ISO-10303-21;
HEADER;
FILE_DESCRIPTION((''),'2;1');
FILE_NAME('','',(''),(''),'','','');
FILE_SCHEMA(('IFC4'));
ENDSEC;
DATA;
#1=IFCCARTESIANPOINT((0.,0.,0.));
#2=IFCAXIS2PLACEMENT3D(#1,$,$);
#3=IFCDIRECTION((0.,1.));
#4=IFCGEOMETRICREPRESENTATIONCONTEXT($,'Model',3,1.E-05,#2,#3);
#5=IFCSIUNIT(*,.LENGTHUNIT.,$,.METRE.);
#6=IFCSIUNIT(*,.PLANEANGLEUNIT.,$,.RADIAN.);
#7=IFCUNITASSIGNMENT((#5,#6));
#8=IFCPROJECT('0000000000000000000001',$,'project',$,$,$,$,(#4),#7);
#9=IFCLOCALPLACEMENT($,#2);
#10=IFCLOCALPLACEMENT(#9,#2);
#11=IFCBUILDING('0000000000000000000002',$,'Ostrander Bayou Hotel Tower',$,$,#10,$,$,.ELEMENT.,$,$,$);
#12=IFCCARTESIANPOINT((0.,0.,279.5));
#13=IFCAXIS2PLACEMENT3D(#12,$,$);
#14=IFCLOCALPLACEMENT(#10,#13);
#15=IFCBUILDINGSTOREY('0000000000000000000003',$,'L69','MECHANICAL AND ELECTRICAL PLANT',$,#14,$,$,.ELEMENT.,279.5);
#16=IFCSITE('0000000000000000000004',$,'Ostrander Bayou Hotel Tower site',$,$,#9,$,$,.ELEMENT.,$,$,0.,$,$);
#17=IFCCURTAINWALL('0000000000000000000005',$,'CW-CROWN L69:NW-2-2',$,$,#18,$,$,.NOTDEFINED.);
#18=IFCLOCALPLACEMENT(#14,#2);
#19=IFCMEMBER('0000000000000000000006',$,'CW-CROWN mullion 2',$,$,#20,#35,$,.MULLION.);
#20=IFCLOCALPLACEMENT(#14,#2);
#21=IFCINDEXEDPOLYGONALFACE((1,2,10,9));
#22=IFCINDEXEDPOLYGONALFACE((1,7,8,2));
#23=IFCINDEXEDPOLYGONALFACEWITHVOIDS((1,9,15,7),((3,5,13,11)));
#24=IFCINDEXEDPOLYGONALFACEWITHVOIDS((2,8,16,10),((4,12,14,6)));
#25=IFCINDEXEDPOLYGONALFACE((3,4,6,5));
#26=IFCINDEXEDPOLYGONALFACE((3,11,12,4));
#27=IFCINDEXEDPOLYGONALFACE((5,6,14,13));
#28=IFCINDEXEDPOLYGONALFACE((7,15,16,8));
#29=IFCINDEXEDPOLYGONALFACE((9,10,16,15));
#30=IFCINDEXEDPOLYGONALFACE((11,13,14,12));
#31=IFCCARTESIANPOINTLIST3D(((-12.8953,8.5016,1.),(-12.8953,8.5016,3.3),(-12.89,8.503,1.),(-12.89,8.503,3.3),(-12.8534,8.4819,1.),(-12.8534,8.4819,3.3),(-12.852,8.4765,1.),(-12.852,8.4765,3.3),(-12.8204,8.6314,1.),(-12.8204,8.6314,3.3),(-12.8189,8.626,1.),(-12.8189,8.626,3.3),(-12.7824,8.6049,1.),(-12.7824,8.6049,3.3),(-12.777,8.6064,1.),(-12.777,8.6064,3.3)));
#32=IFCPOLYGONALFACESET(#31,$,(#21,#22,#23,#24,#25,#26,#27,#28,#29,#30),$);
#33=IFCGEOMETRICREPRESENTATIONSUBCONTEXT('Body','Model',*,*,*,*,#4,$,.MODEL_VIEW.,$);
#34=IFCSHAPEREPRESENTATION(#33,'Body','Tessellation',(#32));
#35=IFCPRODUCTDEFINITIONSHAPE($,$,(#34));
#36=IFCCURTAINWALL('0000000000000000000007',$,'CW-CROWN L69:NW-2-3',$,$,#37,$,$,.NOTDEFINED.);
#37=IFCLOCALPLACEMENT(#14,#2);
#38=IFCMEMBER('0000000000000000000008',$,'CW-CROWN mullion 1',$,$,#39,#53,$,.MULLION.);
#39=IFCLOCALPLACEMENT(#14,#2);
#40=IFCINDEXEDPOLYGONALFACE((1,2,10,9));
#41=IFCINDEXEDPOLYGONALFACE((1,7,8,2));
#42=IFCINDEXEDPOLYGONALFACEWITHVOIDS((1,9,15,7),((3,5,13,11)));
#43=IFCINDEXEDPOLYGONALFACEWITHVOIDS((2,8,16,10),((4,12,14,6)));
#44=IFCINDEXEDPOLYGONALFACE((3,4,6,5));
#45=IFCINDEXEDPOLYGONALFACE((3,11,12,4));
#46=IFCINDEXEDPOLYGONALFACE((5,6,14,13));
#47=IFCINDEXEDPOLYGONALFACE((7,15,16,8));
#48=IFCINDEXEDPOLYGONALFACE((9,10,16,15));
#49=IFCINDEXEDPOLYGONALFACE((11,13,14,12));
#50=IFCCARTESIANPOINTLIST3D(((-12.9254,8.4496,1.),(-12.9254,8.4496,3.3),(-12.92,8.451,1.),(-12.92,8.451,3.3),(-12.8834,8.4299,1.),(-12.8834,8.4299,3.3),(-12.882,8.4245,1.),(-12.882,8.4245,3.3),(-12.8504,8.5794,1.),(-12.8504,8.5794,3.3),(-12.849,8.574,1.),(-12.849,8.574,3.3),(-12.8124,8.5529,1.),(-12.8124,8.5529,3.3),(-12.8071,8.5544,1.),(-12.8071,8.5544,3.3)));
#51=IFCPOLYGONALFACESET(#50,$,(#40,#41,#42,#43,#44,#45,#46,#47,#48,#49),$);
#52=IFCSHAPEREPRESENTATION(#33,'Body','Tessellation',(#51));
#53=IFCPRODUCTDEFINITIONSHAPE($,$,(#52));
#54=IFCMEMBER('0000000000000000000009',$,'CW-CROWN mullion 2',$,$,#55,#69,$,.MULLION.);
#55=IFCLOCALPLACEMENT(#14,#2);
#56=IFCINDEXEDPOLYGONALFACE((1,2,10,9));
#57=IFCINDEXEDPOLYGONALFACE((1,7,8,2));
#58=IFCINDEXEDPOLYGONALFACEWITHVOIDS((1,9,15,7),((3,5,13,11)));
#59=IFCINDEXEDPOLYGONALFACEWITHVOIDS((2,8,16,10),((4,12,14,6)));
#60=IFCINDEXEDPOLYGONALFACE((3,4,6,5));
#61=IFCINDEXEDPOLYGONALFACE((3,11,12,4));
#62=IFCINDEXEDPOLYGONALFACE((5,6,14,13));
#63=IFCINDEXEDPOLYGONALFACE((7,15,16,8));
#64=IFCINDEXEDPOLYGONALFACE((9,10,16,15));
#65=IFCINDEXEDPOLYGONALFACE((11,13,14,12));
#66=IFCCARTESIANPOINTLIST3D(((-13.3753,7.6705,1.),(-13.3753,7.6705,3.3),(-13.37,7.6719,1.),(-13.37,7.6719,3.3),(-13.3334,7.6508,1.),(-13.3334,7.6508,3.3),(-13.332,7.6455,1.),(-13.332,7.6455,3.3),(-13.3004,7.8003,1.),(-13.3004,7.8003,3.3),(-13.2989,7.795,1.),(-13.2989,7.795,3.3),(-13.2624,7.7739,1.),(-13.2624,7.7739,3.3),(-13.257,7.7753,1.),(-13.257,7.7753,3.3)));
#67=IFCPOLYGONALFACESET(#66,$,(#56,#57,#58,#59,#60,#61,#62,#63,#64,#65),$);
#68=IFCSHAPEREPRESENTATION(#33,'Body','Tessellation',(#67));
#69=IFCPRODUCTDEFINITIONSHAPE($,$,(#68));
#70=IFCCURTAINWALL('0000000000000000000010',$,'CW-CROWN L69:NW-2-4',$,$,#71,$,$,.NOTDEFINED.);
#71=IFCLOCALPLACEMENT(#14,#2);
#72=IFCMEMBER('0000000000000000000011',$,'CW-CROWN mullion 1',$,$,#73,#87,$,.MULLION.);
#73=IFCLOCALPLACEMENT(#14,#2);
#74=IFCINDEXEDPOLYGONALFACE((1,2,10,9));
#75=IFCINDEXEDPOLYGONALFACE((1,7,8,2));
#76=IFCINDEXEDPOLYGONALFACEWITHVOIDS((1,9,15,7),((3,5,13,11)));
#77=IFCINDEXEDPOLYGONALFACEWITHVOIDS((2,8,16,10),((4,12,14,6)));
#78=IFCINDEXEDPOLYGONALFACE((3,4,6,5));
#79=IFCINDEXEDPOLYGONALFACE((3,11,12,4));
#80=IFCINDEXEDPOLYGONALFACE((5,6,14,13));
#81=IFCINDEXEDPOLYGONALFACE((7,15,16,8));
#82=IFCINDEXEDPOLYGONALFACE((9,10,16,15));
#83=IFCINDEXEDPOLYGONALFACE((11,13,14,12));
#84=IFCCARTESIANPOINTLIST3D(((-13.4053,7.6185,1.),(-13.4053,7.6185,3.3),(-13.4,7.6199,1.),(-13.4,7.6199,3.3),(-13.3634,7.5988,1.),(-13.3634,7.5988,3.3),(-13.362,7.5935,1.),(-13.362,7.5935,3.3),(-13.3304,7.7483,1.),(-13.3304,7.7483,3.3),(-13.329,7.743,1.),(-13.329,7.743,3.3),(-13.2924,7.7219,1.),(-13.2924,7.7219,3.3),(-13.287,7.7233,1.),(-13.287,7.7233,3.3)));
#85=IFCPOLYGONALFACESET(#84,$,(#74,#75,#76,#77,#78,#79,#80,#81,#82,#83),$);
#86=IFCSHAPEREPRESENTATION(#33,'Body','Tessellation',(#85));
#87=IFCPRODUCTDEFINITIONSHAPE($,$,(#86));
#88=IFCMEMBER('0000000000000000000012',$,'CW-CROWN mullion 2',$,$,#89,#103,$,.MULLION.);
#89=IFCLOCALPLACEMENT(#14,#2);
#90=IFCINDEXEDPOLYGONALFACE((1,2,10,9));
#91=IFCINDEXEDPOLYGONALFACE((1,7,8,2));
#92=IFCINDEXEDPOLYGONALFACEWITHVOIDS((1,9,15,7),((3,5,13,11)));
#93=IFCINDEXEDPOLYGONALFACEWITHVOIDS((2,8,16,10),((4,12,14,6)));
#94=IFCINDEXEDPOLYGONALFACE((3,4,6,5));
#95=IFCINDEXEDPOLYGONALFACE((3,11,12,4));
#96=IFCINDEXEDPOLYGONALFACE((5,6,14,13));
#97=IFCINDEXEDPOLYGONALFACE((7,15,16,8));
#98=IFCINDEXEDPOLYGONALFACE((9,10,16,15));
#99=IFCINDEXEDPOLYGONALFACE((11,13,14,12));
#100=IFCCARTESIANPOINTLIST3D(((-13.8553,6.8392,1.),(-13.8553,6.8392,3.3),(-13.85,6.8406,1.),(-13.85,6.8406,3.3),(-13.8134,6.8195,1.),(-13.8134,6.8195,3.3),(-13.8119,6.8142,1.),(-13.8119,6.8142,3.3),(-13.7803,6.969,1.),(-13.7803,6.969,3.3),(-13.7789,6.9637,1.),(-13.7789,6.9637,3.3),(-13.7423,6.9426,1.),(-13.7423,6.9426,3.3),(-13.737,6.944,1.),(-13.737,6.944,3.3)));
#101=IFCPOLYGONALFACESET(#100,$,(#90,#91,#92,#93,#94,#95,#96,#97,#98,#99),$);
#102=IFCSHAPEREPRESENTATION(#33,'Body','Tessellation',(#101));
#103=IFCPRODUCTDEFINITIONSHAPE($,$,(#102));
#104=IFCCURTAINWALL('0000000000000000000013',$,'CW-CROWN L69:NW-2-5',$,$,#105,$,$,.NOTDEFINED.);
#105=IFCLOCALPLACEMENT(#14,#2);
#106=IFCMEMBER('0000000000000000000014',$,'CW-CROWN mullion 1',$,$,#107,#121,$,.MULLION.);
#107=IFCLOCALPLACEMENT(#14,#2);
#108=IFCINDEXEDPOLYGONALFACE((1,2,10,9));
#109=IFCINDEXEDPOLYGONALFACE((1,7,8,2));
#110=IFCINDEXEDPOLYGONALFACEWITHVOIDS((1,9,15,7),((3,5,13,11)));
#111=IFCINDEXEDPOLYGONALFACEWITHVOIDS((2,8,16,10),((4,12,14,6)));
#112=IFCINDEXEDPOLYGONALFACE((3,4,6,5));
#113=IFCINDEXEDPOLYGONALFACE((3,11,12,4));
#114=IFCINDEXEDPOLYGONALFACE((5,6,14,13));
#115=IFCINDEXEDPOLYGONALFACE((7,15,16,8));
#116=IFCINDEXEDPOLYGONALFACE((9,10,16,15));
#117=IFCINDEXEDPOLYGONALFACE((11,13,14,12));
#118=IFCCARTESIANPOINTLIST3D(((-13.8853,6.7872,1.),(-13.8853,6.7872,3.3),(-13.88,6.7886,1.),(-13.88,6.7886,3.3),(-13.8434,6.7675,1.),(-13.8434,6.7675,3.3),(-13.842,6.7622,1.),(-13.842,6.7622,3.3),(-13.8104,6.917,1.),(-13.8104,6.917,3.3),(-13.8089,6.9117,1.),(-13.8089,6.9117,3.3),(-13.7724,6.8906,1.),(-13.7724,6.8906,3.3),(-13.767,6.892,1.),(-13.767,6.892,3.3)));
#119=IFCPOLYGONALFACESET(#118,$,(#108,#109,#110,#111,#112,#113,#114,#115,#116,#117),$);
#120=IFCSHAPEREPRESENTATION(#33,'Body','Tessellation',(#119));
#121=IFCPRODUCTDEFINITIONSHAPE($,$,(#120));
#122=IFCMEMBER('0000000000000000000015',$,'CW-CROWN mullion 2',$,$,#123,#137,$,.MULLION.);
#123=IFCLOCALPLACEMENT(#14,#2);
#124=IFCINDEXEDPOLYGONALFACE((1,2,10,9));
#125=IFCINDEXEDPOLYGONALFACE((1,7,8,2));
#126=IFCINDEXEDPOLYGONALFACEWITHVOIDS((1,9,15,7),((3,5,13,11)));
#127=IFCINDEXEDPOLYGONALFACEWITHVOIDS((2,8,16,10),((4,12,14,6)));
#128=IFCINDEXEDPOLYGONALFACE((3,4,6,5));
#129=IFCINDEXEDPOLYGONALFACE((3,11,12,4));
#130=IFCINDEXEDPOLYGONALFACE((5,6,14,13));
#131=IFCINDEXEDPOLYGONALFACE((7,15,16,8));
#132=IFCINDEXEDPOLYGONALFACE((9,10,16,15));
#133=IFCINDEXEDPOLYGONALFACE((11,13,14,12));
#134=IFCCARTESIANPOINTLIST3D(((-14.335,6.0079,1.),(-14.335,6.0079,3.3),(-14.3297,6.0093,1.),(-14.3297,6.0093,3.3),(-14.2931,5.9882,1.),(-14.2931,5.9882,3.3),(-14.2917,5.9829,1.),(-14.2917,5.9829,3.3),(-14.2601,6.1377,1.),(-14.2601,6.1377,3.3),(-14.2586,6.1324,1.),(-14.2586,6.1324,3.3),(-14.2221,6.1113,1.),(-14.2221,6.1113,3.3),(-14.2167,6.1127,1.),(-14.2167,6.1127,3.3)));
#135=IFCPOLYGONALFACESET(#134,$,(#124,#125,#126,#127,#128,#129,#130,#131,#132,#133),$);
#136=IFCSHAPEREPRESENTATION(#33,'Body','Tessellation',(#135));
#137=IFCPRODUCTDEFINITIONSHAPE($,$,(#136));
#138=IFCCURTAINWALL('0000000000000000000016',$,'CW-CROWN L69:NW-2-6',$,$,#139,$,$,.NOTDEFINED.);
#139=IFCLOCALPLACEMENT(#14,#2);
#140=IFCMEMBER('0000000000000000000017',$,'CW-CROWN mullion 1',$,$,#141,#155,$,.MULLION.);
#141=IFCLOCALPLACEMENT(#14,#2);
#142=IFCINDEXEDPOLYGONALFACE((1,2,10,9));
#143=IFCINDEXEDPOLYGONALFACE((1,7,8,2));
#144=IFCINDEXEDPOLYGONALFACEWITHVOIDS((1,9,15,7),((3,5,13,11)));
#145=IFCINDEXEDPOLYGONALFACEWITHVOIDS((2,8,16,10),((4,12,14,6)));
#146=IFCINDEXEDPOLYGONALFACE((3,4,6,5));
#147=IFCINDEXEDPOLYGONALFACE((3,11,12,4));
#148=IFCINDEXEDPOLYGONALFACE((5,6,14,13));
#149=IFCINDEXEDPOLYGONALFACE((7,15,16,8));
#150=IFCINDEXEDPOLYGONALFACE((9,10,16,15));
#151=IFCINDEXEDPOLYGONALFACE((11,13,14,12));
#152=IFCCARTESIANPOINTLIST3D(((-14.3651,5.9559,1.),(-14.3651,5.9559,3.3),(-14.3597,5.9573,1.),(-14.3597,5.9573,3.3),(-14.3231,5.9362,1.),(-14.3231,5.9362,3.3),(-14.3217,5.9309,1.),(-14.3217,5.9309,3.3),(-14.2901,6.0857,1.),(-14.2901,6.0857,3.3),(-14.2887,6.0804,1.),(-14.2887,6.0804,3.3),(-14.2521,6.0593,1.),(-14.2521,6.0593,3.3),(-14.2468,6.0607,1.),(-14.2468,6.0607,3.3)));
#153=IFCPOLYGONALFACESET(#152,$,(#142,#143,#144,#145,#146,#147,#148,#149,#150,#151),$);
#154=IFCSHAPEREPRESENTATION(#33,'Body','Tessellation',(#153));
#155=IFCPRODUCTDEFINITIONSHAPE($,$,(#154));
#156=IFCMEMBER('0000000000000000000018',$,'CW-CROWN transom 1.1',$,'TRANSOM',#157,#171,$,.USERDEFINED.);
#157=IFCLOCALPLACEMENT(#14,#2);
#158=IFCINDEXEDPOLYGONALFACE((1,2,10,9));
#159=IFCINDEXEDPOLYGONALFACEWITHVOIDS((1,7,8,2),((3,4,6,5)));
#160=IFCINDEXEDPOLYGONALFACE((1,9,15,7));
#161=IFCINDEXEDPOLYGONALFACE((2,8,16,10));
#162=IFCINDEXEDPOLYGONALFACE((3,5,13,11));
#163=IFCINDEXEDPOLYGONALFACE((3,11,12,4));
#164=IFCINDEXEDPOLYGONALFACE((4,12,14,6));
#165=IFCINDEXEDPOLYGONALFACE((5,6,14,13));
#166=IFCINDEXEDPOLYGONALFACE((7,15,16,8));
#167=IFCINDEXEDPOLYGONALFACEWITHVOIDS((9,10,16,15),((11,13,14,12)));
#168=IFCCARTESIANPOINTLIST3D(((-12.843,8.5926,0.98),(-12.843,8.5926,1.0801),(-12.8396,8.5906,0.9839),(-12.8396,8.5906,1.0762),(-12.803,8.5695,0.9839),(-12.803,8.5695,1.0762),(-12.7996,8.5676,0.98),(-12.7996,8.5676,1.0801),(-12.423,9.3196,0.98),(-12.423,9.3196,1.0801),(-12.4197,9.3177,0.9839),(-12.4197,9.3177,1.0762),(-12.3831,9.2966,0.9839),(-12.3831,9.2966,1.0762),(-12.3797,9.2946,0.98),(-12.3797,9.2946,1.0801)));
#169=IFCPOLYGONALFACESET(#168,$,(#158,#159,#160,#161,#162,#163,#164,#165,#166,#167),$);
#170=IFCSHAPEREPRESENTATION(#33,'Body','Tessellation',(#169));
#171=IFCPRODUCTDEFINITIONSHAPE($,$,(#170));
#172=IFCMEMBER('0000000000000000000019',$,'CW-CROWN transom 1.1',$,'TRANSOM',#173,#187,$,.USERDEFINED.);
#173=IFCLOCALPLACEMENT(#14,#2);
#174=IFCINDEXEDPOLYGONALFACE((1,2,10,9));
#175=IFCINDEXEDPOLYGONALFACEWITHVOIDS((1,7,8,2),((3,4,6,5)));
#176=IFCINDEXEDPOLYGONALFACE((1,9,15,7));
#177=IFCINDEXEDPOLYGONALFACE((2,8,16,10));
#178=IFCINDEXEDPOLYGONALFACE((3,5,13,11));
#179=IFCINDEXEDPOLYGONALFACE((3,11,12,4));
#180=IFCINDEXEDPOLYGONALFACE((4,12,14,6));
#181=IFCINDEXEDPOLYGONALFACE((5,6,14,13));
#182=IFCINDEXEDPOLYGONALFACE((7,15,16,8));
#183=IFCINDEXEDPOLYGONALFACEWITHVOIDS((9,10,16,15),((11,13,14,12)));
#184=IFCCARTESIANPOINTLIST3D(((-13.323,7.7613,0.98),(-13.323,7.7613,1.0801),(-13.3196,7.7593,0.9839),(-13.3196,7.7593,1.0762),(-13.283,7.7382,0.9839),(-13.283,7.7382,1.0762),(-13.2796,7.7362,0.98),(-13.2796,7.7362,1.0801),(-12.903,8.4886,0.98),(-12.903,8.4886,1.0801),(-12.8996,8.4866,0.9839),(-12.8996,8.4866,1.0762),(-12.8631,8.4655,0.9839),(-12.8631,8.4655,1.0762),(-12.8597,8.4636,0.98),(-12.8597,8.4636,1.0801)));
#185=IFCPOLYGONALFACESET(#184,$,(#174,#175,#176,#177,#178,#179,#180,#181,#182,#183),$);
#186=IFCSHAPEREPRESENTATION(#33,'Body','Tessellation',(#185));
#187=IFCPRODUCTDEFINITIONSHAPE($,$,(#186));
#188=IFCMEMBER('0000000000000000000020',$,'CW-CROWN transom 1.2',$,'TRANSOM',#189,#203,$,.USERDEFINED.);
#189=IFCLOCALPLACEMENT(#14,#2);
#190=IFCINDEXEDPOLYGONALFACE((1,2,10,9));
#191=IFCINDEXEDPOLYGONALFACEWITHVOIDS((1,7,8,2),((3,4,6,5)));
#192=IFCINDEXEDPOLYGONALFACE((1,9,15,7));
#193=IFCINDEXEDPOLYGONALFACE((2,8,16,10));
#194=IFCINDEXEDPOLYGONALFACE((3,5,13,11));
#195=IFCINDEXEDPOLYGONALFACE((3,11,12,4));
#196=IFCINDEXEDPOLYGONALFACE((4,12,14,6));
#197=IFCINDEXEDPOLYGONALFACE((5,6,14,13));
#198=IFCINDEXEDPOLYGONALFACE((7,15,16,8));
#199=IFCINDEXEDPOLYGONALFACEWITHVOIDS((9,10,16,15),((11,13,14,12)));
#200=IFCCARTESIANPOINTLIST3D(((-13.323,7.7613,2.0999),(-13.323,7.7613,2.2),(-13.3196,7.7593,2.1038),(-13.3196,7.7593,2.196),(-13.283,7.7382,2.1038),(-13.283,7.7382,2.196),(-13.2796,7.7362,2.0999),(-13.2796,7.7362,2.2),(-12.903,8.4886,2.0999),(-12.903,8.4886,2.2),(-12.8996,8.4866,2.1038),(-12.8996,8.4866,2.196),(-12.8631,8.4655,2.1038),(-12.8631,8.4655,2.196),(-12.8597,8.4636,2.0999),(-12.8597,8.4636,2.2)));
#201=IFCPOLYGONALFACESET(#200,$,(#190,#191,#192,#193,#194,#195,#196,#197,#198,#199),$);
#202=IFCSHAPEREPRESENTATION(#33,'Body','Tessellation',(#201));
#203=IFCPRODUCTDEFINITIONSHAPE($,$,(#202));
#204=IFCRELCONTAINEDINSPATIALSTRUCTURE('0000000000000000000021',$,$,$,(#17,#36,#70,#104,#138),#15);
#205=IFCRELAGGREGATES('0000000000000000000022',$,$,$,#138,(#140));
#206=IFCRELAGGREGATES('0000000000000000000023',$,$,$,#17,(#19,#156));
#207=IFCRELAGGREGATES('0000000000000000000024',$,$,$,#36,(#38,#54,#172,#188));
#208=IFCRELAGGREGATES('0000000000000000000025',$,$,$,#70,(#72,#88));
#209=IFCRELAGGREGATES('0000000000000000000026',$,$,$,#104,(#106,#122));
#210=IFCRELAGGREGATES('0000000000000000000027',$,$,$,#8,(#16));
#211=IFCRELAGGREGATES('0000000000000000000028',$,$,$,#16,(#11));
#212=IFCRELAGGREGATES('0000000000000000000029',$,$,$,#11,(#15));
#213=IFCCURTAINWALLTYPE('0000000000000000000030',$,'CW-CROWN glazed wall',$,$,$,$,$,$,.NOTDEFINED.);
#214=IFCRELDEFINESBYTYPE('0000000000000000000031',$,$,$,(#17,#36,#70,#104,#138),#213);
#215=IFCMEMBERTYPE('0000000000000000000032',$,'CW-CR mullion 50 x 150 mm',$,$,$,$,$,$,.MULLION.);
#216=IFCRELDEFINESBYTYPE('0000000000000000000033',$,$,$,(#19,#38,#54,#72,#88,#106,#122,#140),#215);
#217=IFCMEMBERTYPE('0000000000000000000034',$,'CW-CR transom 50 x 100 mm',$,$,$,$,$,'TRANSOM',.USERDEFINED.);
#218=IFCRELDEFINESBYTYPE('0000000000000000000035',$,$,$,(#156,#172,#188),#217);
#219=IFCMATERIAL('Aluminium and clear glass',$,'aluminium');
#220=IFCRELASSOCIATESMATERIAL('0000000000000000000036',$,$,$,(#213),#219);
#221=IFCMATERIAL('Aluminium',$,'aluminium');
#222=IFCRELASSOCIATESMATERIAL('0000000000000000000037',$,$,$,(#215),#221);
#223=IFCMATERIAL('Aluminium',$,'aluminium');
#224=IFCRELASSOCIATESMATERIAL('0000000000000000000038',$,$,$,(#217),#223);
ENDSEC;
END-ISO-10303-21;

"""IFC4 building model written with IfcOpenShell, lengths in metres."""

from ifc_helpers import new_model, si_unit, direction, frame, origin, origin_2d, place, context, subcontext, project, spatial, hollow_rectangle, extrude, material, material_profile, profile_set, type_object, element, aggregate, save


model = new_model("IFC4")

# Units and contexts
model_context = context("Model", 3, precision=1e-05, world=origin(), true_north=direction((0.0, 1.0)))
body_context = subcontext(model_context, "Body", "Model", "MODEL_VIEW")
ifc_project = project(units=[si_unit("LENGTHUNIT", "METRE"), si_unit("PLANEANGLEUNIT", "RADIAN")], contexts=[model_context])

# Site, building, storey
site_placement = place(None, origin())
site = spatial("IfcSite", under=ifc_project, at=site_placement, Name="Ostrander Bayou Hotel Tower site", CompositionType="ELEMENT", RefElevation=0.0)
building_placement = place(site_placement, origin())
building = spatial("IfcBuilding", under=site, at=building_placement, Name="Ostrander Bayou Hotel Tower", CompositionType="ELEMENT")
storey_placement = place(building_placement, frame((0.0, 0.0, 279.5)))
storey = spatial("IfcBuildingStorey", under=building, at=storey_placement, Name="L69", Description="MECHANICAL AND ELECTRICAL PLANT", CompositionType="ELEMENT", Elevation=279.5)

# Curtain wall, member
ifc_material_1 = material(Name="Aluminium and clear glass", Category="aluminium")
curtain_wall_type = type_object("IfcCurtainWallType", Name="CW-CROWN glazed wall", PredefinedType="NOTDEFINED", material=ifc_material_1)
curtain_wall_1_placement = place(storey_placement, origin())
curtain_wall_1 = element("IfcCurtainWall", 1, at=curtain_wall_1_placement, inside=storey, type_object=curtain_wall_type, Name="CW-CROWN L69:NW-2-2", PredefinedType="NOTDEFINED")
ifc_material_2 = material(Name="Aluminium", Category="aluminium")
ifc_material_profile_1 = material_profile(ifc_material_2, hollow_rectangle(XDim=0.05, YDim=0.1499, WallThickness=0.0039, at=origin_2d()))
ifc_profile_set_1 = profile_set([ifc_material_profile_1], Name="Aluminium")
member_type_1 = type_object("IfcMemberType", Name="CW-CR mullion 50 x 150 mm", PredefinedType="MULLION", material=ifc_profile_set_1)
member_1_placement = place(storey_placement, frame((-12.8362, 8.554, 1.0), z_axis=(0.0, 0.0, 1.0), x_axis=(0.866022, -0.500005, 0.0)))
member_1 = element("IfcMember", 2, at=member_1_placement, type_object=member_type_1, Name="CW-CROWN mullion 2", PredefinedType="MULLION", context=body_context, shape_type="SweptSolid", body=[
    extrude(hollow_rectangle(XDim=0.05, YDim=0.1499, WallThickness=0.0039, at=origin_2d()), origin(), (0.0, 0.0, 1.0), 2.3),
])

# Curtain walls, members
curtain_wall_2_placement = place(storey_placement, origin())
curtain_wall_2 = element("IfcCurtainWall", 3, at=curtain_wall_2_placement, inside=storey, type_object=curtain_wall_type, Name="CW-CROWN L69:NW-2-3", PredefinedType="NOTDEFINED")
member_2_placement = place(storey_placement, frame((-12.8662, 8.502, 1.0), z_axis=(0.0, 0.0, 1.0), x_axis=(0.866022, -0.500005, 0.0)))
member_2 = element("IfcMember", 4, at=member_2_placement, type_object=member_type_1, Name="CW-CROWN mullion 1", PredefinedType="MULLION", context=body_context, shape_type="SweptSolid", body=[
    extrude(hollow_rectangle(XDim=0.05, YDim=0.1499, WallThickness=0.0039, at=origin_2d()), origin(), (0.0, 0.0, 1.0), 2.3),
])
member_3_placement = place(storey_placement, frame((-13.3162, 7.7229, 1.0), z_axis=(0.0, 0.0, 1.0), x_axis=(0.866022, -0.500005, 0.0)))
member_3 = element("IfcMember", 5, at=member_3_placement, type_object=member_type_1, Name="CW-CROWN mullion 2", PredefinedType="MULLION", context=body_context, shape_type="SweptSolid", body=[
    extrude(hollow_rectangle(XDim=0.05, YDim=0.1499, WallThickness=0.0039, at=origin_2d()), origin(), (0.0, 0.0, 1.0), 2.3),
])
curtain_wall_3_placement = place(storey_placement, origin())
curtain_wall_3 = element("IfcCurtainWall", 6, at=curtain_wall_3_placement, inside=storey, type_object=curtain_wall_type, Name="CW-CROWN L69:NW-2-4", PredefinedType="NOTDEFINED")
member_4_placement = place(storey_placement, frame((-13.3462, 7.6709, 1.0), z_axis=(0.0, 0.0, 1.0), x_axis=(0.866049, -0.49996, 0.0)))
member_4 = element("IfcMember", 7, at=member_4_placement, type_object=member_type_1, Name="CW-CROWN mullion 1", PredefinedType="MULLION", context=body_context, shape_type="SweptSolid", body=[
    extrude(hollow_rectangle(XDim=0.05, YDim=0.1499, WallThickness=0.0039, at=origin_2d()), origin(), (0.0, 0.0, 1.0), 2.3),
])
member_5_placement = place(storey_placement, frame((-13.7961, 6.8916, 1.0), z_axis=(0.0, 0.0, 1.0), x_axis=(0.866049, -0.49996, 0.0)))
member_5 = element("IfcMember", 8, at=member_5_placement, type_object=member_type_1, Name="CW-CROWN mullion 2", PredefinedType="MULLION", context=body_context, shape_type="SweptSolid", body=[
    extrude(hollow_rectangle(XDim=0.05, YDim=0.1499, WallThickness=0.0039, at=origin_2d()), origin(), (0.0, 0.0, 1.0), 2.3),
])
curtain_wall_4_placement = place(storey_placement, origin())
curtain_wall_4 = element("IfcCurtainWall", 9, at=curtain_wall_4_placement, inside=storey, type_object=curtain_wall_type, Name="CW-CROWN L69:NW-2-5", PredefinedType="NOTDEFINED")
member_6_placement = place(storey_placement, frame((-13.8262, 6.8396, 1.0), z_axis=(0.0, 0.0, 1.0), x_axis=(0.866022, -0.500005, 0.0)))
member_6 = element("IfcMember", 10, at=member_6_placement, type_object=member_type_1, Name="CW-CROWN mullion 1", PredefinedType="MULLION", context=body_context, shape_type="SweptSolid", body=[
    extrude(hollow_rectangle(XDim=0.05, YDim=0.1499, WallThickness=0.0039, at=origin_2d()), origin(), (0.0, 0.0, 1.0), 2.3),
])
member_7_placement = place(storey_placement, frame((-14.2759, 6.0603, 1.0), z_axis=(0.0, 0.0, 1.0), x_axis=(0.866022, -0.500005, 0.0)))
member_7 = element("IfcMember", 11, at=member_7_placement, type_object=member_type_1, Name="CW-CROWN mullion 2", PredefinedType="MULLION", context=body_context, shape_type="SweptSolid", body=[
    extrude(hollow_rectangle(XDim=0.05, YDim=0.1499, WallThickness=0.0039, at=origin_2d()), origin(), (0.0, 0.0, 1.0), 2.3),
])

# Curtain wall, member
curtain_wall_5_placement = place(storey_placement, origin())
curtain_wall_5 = element("IfcCurtainWall", 12, at=curtain_wall_5_placement, inside=storey, type_object=curtain_wall_type, Name="CW-CROWN L69:NW-2-6", PredefinedType="NOTDEFINED")
member_8_placement = place(storey_placement, frame((-14.3059, 6.0083, 1.0), z_axis=(0.0, 0.0, 1.0), x_axis=(0.866022, -0.500005, 0.0)))
member_8 = element("IfcMember", 13, at=member_8_placement, type_object=member_type_1, Name="CW-CROWN mullion 1", PredefinedType="MULLION", context=body_context, shape_type="SweptSolid", body=[
    extrude(hollow_rectangle(XDim=0.05, YDim=0.1499, WallThickness=0.0039, at=origin_2d()), origin(), (0.0, 0.0, 1.0), 2.3),
])

# Members
ifc_material_3 = material(Name="Aluminium", Category="aluminium")
ifc_material_profile_2 = material_profile(ifc_material_3, hollow_rectangle(XDim=0.05, YDim=0.1001, WallThickness=0.0039, at=origin_2d()))
ifc_profile_set_2 = profile_set([ifc_material_profile_2], Name="Aluminium")
member_type_2 = type_object("IfcMemberType", Name="CW-CR transom 50 x 100 mm", ElementType="TRANSOM", PredefinedType="USERDEFINED", material=ifc_profile_set_2)
member_9_placement = place(storey_placement, frame((-12.4014, 9.3071, 1.03), z_axis=(-0.500142, -0.865943, 0.0), x_axis=(0.865943, -0.500142, 0.0)))
member_9 = element("IfcMember", 14, at=member_9_placement, type_object=member_type_2, Name="CW-CROWN transom 1.1", ObjectType="TRANSOM", PredefinedType="USERDEFINED", context=body_context, shape_type="SweptSolid", body=[
    extrude(hollow_rectangle(XDim=0.05, YDim=0.1001, WallThickness=0.0039, at=origin_2d()), origin(), (0.0, 0.0, 1.0), 0.8396),
])
member_10_placement = place(storey_placement, frame((-12.8813, 8.4761, 1.03), z_axis=(-0.500016, -0.866016, 0.0), x_axis=(0.866016, -0.500016, 0.0)))
member_10 = element("IfcMember", 15, at=member_10_placement, type_object=member_type_2, Name="CW-CROWN transom 1.1", ObjectType="TRANSOM", PredefinedType="USERDEFINED", context=body_context, shape_type="SweptSolid", body=[
    extrude(hollow_rectangle(XDim=0.05, YDim=0.1001, WallThickness=0.0039, at=origin_2d()), origin(), (0.0, 0.0, 1.0), 0.8398),
])
member_11_placement = place(storey_placement, frame((-12.8813, 8.4761, 2.1499), z_axis=(-0.500016, -0.866016, 0.0), x_axis=(0.866016, -0.500016, 0.0)))
member_11 = element("IfcMember", 16, at=member_11_placement, type_object=member_type_2, Name="CW-CROWN transom 1.2", ObjectType="TRANSOM", PredefinedType="USERDEFINED", context=body_context, shape_type="SweptSolid", body=[
    extrude(hollow_rectangle(XDim=0.05, YDim=0.1001, WallThickness=0.0039, at=origin_2d()), origin(), (0.0, 0.0, 1.0), 0.8398),
])
aggregate(curtain_wall_5, [member_8])

aggregate(curtain_wall_1, [member_1, member_9])
aggregate(curtain_wall_2, [member_2, member_3, member_10, member_11])
aggregate(curtain_wall_3, [member_4, member_5])
aggregate(curtain_wall_4, [member_6, member_7])

save(model, "model.ifc")
